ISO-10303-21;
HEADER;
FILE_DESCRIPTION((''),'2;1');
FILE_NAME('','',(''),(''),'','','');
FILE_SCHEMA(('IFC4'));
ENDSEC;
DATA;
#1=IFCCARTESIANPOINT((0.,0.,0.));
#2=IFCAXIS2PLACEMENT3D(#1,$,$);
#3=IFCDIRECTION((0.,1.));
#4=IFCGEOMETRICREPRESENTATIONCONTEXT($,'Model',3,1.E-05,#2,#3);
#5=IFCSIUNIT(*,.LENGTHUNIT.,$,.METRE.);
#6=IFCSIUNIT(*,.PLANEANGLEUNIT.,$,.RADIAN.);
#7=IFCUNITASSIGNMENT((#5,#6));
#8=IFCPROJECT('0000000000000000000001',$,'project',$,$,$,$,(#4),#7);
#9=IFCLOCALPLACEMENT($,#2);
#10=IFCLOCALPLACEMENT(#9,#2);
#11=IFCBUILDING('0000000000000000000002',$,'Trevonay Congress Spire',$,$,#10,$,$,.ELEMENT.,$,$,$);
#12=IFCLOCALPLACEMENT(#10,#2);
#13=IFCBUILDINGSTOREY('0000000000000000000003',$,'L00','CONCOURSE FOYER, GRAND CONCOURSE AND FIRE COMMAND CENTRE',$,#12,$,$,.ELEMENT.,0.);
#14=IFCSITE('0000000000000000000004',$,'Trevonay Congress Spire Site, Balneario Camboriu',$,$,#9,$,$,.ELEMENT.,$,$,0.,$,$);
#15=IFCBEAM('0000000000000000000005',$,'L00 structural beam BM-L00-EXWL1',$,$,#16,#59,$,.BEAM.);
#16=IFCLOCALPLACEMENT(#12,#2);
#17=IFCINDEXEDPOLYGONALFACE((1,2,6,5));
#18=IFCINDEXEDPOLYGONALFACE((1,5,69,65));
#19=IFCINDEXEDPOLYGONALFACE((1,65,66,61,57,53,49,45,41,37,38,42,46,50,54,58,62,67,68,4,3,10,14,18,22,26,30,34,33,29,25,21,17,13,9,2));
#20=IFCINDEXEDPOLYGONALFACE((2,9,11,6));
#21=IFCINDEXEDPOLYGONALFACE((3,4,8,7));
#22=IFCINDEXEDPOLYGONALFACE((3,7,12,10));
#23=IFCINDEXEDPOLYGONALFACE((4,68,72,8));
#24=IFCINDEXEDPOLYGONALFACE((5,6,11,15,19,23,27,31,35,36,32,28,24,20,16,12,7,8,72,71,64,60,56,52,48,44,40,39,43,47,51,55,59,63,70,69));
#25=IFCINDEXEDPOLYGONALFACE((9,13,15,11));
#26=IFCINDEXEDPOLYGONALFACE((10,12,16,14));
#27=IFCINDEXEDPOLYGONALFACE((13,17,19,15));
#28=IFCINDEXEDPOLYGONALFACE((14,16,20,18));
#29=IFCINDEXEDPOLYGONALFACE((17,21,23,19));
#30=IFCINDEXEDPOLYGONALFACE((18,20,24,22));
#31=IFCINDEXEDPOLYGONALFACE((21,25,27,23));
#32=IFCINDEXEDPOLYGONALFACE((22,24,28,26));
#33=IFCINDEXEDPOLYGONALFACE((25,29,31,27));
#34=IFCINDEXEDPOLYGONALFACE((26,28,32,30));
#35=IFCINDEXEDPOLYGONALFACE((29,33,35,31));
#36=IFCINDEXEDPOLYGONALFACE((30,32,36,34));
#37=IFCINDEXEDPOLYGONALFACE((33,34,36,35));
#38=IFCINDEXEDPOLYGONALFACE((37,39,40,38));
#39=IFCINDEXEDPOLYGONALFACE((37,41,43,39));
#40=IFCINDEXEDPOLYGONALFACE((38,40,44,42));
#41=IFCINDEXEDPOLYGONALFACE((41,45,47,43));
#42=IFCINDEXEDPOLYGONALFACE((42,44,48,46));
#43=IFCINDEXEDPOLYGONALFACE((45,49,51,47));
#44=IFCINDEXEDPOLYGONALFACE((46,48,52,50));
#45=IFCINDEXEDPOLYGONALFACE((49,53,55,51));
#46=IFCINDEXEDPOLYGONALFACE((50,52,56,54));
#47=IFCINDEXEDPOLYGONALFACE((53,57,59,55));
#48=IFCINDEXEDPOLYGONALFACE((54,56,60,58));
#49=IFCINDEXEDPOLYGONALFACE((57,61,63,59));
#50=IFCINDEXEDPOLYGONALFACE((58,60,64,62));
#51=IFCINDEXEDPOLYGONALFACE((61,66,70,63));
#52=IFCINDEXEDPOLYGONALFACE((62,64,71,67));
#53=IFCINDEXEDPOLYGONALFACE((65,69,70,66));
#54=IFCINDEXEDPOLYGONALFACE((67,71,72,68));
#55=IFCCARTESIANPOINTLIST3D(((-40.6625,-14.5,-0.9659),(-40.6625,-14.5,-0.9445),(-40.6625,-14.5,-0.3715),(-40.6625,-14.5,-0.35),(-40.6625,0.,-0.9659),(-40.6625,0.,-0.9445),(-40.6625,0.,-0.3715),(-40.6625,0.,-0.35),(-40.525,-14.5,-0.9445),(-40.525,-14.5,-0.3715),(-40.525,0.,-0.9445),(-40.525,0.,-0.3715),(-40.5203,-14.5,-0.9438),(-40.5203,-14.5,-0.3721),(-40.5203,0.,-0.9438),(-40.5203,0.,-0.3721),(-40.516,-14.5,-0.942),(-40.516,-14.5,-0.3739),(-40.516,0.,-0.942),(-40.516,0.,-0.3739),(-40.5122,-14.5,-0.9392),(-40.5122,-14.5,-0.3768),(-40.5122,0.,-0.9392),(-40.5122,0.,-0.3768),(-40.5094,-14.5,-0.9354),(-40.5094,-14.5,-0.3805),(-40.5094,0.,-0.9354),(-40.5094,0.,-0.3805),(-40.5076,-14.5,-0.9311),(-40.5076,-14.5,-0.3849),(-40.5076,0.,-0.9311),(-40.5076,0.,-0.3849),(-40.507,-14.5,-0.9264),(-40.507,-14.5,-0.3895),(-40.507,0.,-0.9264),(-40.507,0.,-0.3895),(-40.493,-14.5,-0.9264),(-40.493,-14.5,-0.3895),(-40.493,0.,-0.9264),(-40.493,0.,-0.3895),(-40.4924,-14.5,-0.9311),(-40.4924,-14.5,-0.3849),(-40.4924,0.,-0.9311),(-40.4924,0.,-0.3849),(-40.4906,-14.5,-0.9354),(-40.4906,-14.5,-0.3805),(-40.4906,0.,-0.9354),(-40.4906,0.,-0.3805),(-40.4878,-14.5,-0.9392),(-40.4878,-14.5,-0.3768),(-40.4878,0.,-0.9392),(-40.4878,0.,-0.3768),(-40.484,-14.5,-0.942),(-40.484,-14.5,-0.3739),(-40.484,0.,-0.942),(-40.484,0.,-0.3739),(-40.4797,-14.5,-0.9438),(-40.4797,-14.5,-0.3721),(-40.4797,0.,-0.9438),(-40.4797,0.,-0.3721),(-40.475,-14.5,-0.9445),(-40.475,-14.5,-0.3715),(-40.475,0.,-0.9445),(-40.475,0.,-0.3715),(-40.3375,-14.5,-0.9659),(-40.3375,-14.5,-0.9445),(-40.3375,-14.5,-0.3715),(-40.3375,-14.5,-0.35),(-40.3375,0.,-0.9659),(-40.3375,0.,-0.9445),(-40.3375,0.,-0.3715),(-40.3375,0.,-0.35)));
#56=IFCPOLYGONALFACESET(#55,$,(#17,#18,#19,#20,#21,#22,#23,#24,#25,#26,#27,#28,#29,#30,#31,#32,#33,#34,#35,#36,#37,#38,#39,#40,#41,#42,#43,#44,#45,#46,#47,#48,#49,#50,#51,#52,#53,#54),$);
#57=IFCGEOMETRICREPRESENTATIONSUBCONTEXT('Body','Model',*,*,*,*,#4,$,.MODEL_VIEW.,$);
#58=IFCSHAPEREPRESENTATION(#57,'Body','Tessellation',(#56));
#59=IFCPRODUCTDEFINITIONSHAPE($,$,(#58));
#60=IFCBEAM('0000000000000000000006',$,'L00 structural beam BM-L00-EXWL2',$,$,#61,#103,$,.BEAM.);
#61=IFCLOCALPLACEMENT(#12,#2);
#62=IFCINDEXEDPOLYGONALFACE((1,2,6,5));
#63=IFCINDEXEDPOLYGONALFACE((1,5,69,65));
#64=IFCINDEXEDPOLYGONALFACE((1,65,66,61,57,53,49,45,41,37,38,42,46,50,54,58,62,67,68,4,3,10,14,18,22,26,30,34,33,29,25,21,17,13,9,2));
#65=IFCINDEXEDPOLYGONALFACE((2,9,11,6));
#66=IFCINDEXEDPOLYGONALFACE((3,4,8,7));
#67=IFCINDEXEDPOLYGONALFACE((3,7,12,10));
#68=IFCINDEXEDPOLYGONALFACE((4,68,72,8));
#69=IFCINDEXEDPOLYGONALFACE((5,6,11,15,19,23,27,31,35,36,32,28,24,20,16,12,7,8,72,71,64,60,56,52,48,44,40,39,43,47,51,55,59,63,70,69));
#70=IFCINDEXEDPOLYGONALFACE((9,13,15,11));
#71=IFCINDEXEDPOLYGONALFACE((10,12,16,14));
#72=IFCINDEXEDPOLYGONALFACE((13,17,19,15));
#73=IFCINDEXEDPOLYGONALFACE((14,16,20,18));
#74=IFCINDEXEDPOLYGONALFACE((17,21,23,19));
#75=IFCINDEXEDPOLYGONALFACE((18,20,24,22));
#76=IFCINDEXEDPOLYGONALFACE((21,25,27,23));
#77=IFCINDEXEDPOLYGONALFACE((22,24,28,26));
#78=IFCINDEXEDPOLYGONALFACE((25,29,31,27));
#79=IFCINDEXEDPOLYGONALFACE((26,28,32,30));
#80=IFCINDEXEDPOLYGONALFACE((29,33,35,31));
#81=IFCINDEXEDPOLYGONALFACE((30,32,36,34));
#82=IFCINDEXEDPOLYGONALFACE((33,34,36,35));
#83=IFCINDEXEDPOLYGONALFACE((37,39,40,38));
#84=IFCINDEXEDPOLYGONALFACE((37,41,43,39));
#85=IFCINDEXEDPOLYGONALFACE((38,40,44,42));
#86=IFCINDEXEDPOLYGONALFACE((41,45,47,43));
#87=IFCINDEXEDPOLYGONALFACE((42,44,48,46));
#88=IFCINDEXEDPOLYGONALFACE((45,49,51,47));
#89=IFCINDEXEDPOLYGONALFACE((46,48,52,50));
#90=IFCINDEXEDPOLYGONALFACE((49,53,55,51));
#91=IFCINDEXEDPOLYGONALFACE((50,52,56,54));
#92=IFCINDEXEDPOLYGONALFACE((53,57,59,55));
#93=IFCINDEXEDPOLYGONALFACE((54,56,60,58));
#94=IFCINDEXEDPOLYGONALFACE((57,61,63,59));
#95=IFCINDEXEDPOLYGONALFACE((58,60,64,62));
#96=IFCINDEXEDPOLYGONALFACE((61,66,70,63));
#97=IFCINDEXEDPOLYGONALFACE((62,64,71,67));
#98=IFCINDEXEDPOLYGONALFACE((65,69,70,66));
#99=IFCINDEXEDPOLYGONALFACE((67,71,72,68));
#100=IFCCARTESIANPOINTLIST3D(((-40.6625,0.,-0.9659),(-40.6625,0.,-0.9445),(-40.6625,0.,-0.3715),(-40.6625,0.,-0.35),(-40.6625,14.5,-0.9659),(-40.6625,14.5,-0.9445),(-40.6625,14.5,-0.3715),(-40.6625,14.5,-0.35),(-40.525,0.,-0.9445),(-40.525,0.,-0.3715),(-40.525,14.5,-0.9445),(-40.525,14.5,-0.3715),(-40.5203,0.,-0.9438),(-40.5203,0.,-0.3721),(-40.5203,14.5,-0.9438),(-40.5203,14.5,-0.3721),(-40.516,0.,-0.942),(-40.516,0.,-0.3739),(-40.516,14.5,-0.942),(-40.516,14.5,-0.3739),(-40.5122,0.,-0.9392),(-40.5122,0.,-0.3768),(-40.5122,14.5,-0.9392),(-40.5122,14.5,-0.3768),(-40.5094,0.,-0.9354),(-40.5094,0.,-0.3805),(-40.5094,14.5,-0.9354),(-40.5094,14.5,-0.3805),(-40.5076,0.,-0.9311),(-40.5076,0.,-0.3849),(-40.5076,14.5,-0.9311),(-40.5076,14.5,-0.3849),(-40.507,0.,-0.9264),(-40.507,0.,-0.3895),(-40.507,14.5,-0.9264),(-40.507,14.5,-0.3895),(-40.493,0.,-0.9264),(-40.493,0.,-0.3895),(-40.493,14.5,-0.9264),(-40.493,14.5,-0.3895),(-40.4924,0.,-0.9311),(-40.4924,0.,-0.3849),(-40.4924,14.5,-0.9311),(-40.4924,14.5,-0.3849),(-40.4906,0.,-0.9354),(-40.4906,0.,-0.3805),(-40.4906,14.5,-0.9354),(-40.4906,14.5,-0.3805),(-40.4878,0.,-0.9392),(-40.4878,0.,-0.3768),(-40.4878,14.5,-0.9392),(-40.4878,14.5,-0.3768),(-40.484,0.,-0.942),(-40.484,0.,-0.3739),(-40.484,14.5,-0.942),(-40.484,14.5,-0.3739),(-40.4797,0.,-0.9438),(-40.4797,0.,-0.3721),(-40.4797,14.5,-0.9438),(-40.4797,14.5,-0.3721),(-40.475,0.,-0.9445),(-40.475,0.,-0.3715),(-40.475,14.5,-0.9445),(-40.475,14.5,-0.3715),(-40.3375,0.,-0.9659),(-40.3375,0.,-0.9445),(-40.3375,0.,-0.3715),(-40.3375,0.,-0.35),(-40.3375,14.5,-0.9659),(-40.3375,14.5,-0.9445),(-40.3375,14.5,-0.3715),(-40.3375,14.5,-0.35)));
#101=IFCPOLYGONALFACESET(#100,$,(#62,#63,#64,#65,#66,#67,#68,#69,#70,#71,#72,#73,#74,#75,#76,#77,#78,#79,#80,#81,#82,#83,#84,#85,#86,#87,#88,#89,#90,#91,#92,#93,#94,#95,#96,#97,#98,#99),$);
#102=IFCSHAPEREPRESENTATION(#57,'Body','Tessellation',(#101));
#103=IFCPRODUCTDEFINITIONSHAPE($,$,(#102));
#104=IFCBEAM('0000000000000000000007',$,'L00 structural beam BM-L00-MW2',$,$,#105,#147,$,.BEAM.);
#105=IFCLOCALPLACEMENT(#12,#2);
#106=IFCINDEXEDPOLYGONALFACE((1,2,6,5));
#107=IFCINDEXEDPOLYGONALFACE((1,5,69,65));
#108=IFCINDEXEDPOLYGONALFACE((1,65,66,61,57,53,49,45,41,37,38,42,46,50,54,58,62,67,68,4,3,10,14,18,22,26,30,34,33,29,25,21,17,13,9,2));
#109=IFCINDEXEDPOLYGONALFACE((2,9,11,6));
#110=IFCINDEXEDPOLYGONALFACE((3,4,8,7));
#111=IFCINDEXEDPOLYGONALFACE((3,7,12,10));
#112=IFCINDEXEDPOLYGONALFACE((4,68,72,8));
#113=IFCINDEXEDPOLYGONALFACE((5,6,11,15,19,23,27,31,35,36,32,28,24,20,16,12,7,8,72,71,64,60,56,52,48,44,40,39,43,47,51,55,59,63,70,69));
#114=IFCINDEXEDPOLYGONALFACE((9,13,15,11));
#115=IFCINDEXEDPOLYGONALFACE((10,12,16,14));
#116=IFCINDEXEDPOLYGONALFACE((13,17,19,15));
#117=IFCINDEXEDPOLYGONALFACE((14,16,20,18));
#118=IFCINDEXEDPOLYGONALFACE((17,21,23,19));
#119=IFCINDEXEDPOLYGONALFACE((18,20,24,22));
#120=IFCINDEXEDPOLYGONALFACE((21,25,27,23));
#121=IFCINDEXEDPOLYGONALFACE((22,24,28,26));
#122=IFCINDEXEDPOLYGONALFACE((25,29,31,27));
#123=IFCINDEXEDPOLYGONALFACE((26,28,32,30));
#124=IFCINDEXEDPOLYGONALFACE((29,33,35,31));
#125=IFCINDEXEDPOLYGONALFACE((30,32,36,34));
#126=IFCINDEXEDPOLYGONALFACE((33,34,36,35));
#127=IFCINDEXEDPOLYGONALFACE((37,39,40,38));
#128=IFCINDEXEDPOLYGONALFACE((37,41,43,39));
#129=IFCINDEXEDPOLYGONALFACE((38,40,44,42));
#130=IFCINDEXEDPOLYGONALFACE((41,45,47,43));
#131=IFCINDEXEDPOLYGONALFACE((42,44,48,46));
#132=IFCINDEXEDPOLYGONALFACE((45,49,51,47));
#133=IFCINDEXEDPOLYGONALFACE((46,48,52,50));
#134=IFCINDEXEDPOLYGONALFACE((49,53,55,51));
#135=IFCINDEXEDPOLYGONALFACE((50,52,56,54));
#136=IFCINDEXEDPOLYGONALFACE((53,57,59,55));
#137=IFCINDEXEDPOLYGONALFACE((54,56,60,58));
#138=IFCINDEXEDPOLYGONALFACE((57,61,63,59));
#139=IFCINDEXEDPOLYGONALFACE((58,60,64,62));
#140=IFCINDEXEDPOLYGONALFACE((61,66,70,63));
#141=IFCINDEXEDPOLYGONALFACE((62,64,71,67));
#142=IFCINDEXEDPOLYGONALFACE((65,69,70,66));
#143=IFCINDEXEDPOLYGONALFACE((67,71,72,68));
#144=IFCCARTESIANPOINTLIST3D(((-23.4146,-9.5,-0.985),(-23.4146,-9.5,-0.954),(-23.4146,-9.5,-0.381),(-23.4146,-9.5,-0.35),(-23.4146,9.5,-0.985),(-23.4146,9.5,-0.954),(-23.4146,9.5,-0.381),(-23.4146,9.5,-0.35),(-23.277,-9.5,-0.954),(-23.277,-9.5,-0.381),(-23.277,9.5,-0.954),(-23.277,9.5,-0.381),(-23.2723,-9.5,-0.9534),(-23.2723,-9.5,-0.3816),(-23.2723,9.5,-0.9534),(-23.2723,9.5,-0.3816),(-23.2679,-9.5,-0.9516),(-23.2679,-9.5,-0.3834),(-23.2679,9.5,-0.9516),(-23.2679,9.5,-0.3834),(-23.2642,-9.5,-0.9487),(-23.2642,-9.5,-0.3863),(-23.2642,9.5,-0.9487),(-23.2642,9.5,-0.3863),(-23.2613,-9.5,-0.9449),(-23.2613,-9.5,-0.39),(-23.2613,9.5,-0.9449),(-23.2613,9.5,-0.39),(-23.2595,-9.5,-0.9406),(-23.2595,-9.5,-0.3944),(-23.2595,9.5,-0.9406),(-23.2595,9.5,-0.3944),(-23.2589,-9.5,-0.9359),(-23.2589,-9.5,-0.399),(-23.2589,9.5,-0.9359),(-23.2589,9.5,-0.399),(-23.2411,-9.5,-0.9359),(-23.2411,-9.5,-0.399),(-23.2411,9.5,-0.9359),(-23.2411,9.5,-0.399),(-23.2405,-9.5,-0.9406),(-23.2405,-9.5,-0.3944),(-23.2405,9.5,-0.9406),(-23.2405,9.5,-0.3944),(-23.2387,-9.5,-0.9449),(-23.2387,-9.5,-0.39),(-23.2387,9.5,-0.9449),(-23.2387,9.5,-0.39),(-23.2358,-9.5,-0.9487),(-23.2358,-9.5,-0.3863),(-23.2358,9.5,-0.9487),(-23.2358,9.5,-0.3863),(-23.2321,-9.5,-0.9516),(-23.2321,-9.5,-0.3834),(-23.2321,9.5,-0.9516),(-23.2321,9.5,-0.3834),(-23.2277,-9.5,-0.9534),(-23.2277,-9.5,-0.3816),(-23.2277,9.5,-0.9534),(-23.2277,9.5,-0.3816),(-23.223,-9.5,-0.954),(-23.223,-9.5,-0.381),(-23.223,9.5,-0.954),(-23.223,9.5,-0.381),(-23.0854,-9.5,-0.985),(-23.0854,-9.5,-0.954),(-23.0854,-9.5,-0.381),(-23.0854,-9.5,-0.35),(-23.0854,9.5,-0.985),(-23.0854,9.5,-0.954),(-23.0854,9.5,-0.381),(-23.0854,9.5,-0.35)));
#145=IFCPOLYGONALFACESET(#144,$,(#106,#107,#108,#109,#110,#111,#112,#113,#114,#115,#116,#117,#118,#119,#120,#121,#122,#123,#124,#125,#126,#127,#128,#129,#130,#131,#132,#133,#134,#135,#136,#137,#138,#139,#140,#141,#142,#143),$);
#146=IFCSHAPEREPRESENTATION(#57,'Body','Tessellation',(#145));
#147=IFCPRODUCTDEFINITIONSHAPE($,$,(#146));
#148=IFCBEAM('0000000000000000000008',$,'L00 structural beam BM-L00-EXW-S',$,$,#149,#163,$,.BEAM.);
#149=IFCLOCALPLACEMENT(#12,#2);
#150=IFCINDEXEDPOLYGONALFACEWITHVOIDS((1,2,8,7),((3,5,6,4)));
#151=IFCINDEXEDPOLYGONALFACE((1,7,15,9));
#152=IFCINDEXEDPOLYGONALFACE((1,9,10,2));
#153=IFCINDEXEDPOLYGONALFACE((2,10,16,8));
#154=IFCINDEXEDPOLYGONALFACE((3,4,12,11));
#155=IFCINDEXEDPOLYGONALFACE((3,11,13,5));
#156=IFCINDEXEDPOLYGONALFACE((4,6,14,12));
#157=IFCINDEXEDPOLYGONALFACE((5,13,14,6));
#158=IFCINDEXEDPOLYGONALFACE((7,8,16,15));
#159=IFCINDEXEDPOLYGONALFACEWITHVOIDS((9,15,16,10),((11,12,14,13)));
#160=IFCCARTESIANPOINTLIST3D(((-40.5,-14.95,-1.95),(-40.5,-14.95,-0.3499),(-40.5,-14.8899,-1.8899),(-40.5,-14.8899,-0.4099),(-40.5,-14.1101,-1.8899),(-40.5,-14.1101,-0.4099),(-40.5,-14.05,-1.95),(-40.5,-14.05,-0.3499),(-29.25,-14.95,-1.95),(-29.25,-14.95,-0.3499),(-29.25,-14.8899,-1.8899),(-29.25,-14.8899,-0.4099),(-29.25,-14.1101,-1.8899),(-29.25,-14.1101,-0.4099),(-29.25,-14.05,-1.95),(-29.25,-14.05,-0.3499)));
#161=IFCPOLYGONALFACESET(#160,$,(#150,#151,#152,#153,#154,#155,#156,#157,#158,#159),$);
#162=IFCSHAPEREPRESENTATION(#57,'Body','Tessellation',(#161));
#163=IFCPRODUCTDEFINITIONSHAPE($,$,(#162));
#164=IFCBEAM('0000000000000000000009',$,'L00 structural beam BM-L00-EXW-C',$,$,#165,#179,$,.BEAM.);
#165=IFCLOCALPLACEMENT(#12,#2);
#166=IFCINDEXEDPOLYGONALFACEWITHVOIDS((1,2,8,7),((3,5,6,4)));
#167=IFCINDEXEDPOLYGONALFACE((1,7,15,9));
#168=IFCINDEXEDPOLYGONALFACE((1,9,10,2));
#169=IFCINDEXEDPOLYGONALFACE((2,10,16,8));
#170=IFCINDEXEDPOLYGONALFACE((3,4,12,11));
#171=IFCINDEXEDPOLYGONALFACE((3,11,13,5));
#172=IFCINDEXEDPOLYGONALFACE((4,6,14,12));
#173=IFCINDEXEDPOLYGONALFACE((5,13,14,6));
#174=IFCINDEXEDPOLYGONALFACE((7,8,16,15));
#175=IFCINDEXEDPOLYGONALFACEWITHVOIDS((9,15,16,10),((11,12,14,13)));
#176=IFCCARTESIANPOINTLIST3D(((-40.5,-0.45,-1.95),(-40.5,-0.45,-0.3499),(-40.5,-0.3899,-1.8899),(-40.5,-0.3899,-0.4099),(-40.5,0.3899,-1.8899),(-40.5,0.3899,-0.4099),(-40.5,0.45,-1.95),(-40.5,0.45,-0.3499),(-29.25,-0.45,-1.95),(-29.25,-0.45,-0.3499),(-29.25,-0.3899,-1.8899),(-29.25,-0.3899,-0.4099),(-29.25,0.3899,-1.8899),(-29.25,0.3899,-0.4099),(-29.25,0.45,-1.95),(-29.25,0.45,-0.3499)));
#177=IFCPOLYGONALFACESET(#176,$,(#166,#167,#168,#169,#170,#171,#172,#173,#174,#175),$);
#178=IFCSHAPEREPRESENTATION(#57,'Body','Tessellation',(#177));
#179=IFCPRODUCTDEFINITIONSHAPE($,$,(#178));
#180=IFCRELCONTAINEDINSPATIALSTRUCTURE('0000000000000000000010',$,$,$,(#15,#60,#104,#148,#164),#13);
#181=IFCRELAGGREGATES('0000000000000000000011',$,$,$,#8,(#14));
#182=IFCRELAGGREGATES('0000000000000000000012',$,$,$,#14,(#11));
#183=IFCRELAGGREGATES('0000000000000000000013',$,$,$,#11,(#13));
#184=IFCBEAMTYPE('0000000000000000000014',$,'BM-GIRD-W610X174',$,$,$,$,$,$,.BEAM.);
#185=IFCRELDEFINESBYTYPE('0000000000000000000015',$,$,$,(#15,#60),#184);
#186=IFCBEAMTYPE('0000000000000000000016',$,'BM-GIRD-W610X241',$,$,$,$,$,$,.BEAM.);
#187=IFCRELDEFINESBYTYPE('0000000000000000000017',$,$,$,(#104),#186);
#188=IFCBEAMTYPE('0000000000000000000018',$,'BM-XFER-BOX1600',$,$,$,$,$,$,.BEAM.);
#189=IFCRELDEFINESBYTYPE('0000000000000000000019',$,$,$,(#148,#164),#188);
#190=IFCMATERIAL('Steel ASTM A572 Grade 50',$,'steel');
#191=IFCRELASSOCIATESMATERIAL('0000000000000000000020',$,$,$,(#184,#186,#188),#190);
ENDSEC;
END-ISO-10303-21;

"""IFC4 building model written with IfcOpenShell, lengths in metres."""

from ifc_helpers import new_model, si_unit, direction, frame, origin, origin_2d, place, context, subcontext, project, spatial, hollow_rectangle, i_section, extrude, material, material_profile, profile_set, type_object, element, save


model = new_model("IFC4")

# Units and contexts
model_context = context("Model", 3, precision=1e-05, world=origin(), true_north=direction((0.0, 1.0)))
body_context = subcontext(model_context, "Body", "Model", "MODEL_VIEW")
ifc_project = project(units=[si_unit("LENGTHUNIT", "METRE"), si_unit("PLANEANGLEUNIT", "RADIAN")], contexts=[model_context])

# Site, building, storey
site_placement = place(None, origin())
site = spatial("IfcSite", under=ifc_project, at=site_placement, Name="Trevonay Congress Spire Site, Balneario Camboriu", CompositionType="ELEMENT", RefElevation=0.0)
building_placement = place(site_placement, origin())
building = spatial("IfcBuilding", under=site, at=building_placement, Name="Trevonay Congress Spire", CompositionType="ELEMENT")
storey_placement = place(building_placement, origin())
storey = spatial("IfcBuildingStorey", under=building, at=storey_placement, Name="L00", Description="CONCOURSE FOYER, GRAND CONCOURSE AND FIRE COMMAND CENTRE", CompositionType="ELEMENT", Elevation=0.0)

# Shared definitions
ifc_material_1 = material(Name="Steel ASTM A572 Grade 50", Category="steel")

# Beams
ifc_material_profile_1 = material_profile(ifc_material_1, i_section(OverallWidth=0.325, OverallDepth=0.616, WebThickness=0.0139, FlangeThickness=0.0215, FilletRadius=0.0181, at=origin_2d()), Name="W610x174")
ifc_profile_set_1 = profile_set([ifc_material_profile_1], Name="Steel ASTM A572 Grade 50")
beam_type_1 = type_object("IfcBeamType", Name="BM-GIRD-W610X174", PredefinedType="BEAM", material=ifc_profile_set_1)
for number, where, z_axis, x_axis, name in (
    (1, (-40.5, -14.5, -0.658), (0.0, 1.0, 0.0), (-1.0, 0.0, 0.0), "L00 structural beam BM-L00-EXWL1"),
    (2, (-40.5, 0.0, -0.658), (0.0, 1.0, 0.0), (-1.0, 0.0, 0.0), "L00 structural beam BM-L00-EXWL2"),
):
    element("IfcBeam", number, at=place(storey_placement, frame(where, z_axis=z_axis, x_axis=x_axis)), inside=storey, type_object=beam_type_1, Name=name, PredefinedType="BEAM", context=body_context, shape_type="SweptSolid", body=[
        extrude(i_section(OverallWidth=0.325, OverallDepth=0.616, WebThickness=0.0139, FlangeThickness=0.0215, FilletRadius=0.0181, at=origin_2d()), origin(), (0.0, 0.0, 1.0), 14.5),
    ])
ifc_material_profile_2 = material_profile(ifc_material_1, i_section(OverallWidth=0.3291, OverallDepth=0.635, WebThickness=0.0178, FlangeThickness=0.031, FilletRadius=0.0181, at=origin_2d()), Name="W610x241")
ifc_profile_set_2 = profile_set([ifc_material_profile_2], Name="Steel ASTM A572 Grade 50")
beam_type_2 = type_object("IfcBeamType", Name="BM-GIRD-W610X241", PredefinedType="BEAM", material=ifc_profile_set_2)
beam_1_placement = place(storey_placement, frame((-23.25, -9.5, -0.6675), z_axis=(0.0, 1.0, 0.0), x_axis=(-1.0, 0.0, 0.0)))
element("IfcBeam", 3, at=beam_1_placement, inside=storey, type_object=beam_type_2, Name="L00 structural beam BM-L00-MW2", PredefinedType="BEAM", context=body_context, shape_type="SweptSolid", body=[
    extrude(i_section(OverallWidth=0.3291, OverallDepth=0.635, WebThickness=0.0178, FlangeThickness=0.031, FilletRadius=0.0181, at=origin_2d()), origin(), (0.0, 0.0, 1.0), 19.0),
])
ifc_material_profile_3 = material_profile(ifc_material_1, hollow_rectangle(XDim=0.8999, YDim=1.6001, WallThickness=0.0601, at=origin_2d()), Name="BOX 1600x900x60")
ifc_profile_set_3 = profile_set([ifc_material_profile_3], Name="Steel ASTM A572 Grade 50")
beam_type_3 = type_object("IfcBeamType", Name="BM-XFER-BOX1600", PredefinedType="BEAM", material=ifc_profile_set_3)
for number, where, z_axis, x_axis, name in (
    (4, (-29.25, -14.5, -1.1499), (-1.0, 0.0, 0.0), (0.0, -1.0, 0.0), "L00 structural beam BM-L00-EXW-S"),
    (5, (-29.25, 0.0, -1.1499), (-1.0, 0.0, 0.0), (0.0, -1.0, 0.0), "L00 structural beam BM-L00-EXW-C"),
):
    element("IfcBeam", number, at=place(storey_placement, frame(where, z_axis=z_axis, x_axis=x_axis)), inside=storey, type_object=beam_type_3, Name=name, PredefinedType="BEAM", context=body_context, shape_type="SweptSolid", body=[
        extrude(hollow_rectangle(XDim=0.8999, YDim=1.6001, WallThickness=0.0601, at=origin_2d()), origin(), (0.0, 0.0, 1.0), 11.25),
    ])

save(model, "model.ifc")
